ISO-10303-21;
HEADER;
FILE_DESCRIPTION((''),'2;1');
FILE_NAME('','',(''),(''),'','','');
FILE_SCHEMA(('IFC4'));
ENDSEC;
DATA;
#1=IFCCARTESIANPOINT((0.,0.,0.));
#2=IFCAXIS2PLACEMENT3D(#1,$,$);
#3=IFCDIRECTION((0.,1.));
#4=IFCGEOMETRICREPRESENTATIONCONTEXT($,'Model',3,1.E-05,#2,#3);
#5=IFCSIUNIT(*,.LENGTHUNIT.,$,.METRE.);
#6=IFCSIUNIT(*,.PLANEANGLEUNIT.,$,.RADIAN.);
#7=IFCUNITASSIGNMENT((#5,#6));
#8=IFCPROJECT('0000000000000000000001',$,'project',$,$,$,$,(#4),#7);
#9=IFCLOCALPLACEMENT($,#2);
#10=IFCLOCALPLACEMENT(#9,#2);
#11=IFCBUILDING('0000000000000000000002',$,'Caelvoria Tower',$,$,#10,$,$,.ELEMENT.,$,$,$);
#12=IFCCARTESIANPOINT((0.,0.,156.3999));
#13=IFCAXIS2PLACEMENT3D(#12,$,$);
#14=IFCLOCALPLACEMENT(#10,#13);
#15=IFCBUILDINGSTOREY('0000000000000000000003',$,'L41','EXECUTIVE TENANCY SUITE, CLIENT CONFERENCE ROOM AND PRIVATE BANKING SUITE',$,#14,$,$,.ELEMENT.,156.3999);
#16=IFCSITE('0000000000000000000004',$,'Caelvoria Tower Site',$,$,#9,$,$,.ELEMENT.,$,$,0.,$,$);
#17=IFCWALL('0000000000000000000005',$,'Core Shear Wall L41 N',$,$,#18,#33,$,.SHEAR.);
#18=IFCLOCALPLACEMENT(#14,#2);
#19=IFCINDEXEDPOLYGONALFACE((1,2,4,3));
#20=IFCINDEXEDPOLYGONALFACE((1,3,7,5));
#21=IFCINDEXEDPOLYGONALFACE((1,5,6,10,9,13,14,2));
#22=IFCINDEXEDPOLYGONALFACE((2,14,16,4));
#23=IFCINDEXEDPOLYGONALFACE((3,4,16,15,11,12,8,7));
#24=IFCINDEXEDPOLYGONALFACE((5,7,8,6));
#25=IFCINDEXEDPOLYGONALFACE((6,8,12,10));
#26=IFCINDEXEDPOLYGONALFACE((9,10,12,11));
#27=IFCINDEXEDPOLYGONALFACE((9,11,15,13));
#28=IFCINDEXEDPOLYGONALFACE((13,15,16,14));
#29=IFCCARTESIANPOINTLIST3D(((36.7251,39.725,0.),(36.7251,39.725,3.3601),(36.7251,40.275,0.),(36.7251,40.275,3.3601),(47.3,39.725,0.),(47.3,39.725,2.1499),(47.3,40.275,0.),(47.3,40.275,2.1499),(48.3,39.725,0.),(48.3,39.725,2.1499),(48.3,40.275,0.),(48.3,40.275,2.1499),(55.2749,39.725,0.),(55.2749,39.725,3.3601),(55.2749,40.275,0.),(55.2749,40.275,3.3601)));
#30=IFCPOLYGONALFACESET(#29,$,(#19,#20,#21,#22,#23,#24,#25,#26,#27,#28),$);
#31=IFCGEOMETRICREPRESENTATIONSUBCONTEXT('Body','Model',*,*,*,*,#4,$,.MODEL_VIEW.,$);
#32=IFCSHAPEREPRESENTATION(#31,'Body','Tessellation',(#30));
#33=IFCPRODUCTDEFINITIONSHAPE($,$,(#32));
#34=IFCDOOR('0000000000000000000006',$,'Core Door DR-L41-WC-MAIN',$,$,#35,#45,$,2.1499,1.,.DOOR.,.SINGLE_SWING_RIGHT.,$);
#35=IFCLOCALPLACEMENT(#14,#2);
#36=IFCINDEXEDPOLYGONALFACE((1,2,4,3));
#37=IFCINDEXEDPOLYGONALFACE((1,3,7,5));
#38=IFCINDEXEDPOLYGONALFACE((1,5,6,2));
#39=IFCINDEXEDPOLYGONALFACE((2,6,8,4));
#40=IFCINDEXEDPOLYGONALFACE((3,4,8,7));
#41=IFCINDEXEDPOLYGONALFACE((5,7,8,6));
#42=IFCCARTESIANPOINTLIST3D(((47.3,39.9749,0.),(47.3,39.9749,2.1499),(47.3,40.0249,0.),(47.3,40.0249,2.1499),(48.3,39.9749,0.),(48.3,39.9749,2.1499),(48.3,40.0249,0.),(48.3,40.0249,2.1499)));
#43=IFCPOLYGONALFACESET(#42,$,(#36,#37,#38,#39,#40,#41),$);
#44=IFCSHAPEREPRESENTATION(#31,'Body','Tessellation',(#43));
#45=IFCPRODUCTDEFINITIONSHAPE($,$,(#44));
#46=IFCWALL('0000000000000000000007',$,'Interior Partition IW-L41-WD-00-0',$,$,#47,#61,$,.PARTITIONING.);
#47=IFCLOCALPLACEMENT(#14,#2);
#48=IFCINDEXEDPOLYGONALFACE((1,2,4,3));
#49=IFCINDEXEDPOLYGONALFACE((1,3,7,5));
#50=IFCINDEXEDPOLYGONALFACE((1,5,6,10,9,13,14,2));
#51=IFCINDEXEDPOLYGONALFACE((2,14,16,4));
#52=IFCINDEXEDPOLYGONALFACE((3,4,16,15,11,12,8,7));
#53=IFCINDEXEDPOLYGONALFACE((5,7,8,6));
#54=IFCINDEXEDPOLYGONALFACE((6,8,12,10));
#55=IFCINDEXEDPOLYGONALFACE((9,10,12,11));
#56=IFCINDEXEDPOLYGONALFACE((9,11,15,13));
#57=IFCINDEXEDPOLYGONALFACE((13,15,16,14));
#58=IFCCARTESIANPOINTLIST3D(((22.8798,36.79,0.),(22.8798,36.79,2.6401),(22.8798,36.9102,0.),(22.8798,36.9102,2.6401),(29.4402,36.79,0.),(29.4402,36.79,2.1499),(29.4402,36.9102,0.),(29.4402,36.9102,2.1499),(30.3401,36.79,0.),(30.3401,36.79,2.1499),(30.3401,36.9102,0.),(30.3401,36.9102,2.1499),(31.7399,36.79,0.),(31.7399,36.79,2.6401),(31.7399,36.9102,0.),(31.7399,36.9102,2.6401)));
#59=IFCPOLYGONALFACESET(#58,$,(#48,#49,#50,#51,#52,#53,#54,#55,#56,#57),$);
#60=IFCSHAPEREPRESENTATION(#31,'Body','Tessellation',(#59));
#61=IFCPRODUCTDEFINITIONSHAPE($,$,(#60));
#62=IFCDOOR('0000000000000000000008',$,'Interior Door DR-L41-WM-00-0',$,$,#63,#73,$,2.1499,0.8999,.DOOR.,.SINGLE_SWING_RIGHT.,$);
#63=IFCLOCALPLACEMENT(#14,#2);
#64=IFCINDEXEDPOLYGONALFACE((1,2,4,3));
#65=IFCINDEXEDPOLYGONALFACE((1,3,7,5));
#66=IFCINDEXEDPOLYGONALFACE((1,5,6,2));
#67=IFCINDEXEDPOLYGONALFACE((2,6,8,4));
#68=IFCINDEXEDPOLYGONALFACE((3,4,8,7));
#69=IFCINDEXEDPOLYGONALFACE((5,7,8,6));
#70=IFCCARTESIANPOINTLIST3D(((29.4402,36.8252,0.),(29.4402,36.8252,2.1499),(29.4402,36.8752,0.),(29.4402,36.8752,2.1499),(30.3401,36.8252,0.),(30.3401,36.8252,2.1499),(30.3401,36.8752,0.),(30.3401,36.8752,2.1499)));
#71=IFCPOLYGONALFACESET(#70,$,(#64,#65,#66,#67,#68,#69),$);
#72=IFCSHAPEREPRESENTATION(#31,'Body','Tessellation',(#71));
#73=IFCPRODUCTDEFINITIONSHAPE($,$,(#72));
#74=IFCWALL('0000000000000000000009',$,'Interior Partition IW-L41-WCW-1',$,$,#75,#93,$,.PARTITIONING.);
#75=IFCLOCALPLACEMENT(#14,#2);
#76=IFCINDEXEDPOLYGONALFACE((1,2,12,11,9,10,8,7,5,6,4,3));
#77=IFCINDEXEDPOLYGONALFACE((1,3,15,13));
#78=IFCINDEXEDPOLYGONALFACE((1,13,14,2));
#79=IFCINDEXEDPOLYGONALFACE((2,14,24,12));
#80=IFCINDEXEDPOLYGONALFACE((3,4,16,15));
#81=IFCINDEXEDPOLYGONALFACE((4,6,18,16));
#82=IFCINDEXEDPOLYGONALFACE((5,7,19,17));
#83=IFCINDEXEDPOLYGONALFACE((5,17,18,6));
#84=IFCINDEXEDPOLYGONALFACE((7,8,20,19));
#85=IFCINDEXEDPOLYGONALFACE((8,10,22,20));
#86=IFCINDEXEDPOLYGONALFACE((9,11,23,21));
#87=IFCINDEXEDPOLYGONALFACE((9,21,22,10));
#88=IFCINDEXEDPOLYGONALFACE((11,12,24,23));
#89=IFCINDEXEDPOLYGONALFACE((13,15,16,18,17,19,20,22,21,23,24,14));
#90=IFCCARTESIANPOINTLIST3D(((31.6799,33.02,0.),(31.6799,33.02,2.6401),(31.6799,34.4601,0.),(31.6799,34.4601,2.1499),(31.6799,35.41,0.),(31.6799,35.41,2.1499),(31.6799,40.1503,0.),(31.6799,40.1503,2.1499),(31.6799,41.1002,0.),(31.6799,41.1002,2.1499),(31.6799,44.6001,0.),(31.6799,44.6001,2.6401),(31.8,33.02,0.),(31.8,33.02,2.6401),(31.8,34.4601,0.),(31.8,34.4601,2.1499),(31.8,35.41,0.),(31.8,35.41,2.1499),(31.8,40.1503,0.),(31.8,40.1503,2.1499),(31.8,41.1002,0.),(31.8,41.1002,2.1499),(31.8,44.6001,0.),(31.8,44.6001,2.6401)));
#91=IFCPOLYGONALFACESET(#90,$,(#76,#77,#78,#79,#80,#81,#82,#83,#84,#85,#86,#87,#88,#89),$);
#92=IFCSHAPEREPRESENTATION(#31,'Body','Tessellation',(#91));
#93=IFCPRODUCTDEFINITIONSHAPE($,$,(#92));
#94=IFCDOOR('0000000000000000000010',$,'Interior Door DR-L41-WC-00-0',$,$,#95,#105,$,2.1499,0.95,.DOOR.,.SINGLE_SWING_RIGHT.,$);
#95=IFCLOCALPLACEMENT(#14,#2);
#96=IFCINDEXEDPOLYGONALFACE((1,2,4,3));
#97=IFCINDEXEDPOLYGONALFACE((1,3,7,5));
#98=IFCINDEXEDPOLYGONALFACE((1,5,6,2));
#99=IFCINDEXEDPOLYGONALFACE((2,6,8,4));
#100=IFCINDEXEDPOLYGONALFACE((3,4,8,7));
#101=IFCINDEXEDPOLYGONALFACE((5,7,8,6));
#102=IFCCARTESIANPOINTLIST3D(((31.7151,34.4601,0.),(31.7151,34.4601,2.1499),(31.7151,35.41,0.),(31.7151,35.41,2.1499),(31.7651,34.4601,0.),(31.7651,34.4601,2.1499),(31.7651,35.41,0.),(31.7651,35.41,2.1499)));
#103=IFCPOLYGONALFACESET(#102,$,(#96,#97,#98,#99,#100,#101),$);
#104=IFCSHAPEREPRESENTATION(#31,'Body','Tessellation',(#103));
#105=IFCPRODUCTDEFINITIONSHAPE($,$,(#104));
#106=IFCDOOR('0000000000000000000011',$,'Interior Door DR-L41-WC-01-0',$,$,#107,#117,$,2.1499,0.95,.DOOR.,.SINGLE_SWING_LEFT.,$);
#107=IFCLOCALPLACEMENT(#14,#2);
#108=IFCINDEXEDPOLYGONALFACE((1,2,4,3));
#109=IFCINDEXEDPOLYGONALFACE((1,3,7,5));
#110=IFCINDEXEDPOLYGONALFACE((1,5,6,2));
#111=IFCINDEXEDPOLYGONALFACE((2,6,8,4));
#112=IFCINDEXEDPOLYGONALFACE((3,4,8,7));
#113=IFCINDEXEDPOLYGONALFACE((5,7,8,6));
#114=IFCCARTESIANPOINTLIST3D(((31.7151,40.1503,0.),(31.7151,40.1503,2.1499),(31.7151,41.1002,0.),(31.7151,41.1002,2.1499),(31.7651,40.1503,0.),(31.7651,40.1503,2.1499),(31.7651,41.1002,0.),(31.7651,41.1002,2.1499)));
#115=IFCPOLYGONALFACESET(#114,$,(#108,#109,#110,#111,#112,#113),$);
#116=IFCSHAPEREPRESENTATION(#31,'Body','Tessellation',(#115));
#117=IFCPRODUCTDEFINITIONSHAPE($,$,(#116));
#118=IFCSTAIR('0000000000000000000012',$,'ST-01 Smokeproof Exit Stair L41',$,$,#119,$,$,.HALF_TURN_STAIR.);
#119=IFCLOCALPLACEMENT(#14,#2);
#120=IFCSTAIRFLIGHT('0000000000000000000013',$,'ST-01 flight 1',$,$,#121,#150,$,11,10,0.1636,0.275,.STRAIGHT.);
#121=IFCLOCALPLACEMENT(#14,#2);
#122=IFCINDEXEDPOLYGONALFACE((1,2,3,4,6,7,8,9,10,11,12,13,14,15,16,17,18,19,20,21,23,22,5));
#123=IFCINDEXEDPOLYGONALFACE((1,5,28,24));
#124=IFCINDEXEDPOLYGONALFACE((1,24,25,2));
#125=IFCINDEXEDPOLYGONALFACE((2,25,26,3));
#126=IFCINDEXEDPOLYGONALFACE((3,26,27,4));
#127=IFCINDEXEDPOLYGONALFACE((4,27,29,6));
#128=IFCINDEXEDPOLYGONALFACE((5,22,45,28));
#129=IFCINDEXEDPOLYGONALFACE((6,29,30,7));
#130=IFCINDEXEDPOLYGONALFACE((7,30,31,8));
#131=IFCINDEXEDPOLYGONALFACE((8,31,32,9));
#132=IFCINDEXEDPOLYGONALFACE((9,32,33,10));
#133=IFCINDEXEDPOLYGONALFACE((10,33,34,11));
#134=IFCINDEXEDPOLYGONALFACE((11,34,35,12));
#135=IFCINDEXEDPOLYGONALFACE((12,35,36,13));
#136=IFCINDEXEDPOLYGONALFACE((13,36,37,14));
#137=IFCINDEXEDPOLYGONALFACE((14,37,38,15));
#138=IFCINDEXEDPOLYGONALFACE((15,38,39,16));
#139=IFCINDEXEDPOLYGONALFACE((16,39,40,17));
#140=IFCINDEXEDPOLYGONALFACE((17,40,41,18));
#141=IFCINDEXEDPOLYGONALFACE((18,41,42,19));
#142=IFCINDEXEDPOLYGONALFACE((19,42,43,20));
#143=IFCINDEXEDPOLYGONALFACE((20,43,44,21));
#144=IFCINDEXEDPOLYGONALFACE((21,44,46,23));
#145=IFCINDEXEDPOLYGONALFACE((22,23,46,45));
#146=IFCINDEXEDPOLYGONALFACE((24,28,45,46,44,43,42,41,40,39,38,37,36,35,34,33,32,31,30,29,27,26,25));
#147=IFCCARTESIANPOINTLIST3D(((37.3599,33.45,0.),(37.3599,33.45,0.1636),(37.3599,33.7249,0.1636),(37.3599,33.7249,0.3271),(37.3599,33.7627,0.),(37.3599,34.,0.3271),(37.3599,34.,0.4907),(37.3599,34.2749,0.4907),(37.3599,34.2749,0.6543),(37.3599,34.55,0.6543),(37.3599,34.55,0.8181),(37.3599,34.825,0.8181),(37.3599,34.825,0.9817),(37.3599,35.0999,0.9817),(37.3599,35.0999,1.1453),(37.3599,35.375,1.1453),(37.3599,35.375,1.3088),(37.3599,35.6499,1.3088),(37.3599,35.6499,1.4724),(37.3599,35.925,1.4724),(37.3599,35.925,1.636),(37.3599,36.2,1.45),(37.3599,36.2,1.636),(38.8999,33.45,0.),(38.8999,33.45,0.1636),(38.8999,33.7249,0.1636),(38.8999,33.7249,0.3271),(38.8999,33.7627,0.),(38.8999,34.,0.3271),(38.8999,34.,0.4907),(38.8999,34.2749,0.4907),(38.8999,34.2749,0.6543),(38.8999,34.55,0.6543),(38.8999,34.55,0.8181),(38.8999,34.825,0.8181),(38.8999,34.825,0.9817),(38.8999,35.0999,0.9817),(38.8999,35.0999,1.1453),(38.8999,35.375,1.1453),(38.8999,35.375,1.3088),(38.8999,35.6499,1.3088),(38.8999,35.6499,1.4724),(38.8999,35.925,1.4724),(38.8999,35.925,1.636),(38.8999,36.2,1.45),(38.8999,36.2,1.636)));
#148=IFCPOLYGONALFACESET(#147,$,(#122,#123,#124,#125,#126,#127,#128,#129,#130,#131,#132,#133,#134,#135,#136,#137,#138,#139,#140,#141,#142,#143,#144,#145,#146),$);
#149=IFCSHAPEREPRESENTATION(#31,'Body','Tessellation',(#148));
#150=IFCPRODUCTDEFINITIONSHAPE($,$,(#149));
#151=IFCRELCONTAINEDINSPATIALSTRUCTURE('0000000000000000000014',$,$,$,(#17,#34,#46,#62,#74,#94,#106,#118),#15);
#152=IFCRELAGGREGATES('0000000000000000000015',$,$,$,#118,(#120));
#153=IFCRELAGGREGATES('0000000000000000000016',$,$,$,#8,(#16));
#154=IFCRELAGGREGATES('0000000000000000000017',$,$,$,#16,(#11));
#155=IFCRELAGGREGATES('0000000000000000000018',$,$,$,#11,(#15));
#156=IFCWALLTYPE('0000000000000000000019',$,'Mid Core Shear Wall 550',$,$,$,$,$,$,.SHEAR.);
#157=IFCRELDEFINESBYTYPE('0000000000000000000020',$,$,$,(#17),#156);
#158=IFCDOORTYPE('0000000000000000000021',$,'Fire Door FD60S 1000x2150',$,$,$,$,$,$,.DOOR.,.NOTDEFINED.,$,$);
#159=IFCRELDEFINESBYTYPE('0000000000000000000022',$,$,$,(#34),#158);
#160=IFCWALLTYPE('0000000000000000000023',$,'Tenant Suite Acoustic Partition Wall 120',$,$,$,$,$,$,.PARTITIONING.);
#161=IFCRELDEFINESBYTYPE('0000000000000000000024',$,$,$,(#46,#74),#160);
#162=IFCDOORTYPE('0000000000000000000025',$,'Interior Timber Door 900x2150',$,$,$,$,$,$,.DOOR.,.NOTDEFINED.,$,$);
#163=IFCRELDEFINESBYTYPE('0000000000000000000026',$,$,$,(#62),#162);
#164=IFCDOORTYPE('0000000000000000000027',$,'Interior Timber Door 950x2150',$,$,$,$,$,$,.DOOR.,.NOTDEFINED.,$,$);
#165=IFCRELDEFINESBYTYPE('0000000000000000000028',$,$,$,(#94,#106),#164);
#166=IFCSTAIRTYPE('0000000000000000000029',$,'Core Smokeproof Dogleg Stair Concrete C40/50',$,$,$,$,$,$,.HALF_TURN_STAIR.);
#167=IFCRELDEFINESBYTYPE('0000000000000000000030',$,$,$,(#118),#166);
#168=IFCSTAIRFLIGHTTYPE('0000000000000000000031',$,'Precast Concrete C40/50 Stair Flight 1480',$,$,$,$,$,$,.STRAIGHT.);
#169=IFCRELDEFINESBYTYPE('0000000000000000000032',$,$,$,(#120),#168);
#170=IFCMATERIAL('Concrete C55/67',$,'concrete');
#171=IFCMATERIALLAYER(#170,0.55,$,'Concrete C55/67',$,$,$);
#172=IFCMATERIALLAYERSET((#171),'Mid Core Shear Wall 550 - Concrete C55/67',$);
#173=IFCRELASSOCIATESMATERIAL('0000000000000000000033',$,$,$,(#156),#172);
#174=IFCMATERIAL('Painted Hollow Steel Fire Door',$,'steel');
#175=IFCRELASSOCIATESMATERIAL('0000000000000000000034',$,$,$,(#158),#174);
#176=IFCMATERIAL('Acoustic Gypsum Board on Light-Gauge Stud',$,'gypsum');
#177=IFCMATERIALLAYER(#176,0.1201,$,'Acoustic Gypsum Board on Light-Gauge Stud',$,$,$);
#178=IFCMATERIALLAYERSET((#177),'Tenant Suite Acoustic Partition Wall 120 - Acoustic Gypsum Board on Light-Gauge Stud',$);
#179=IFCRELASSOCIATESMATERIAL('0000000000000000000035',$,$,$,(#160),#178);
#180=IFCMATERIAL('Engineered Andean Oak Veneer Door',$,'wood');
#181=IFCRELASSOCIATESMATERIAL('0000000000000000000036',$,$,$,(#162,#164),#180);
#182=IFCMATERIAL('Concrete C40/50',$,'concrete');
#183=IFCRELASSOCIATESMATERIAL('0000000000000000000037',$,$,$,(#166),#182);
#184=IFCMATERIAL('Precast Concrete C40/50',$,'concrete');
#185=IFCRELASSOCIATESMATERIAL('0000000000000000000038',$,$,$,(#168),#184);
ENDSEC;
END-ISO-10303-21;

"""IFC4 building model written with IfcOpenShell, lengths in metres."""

from ifc_helpers import new_model, si_unit, direction, frame, frame_2d, origin, place, context, subcontext, project, spatial, polyline, rectangle, outline, extrude, material, layer, layer_set, type_object, element, fill, aggregate, save


model = new_model("IFC4")

# Units and contexts
model_context = context("Model", 3, precision=1e-05, world=origin(), true_north=direction((0.0, 1.0)))
body_context = subcontext(model_context, "Body", "Model", "MODEL_VIEW")
ifc_project = project(units=[si_unit("LENGTHUNIT", "METRE"), si_unit("PLANEANGLEUNIT", "RADIAN")], contexts=[model_context])

# Site, building, storey
site_placement = place(None, origin())
site = spatial("IfcSite", under=ifc_project, at=site_placement, Name="Caelvoria Tower Site", CompositionType="ELEMENT", RefElevation=0.0)
building_placement = place(site_placement, origin())
building = spatial("IfcBuilding", under=site, at=building_placement, Name="Caelvoria Tower", CompositionType="ELEMENT")
storey_placement = place(building_placement, frame((0.0, 0.0, 156.3999)))
storey = spatial("IfcBuildingStorey", under=building, at=storey_placement, Name="L41", Description="EXECUTIVE TENANCY SUITE, CLIENT CONFERENCE ROOM AND PRIVATE BANKING SUITE", CompositionType="ELEMENT", Elevation=156.3999)

# Walls, openings, doors
ifc_material_1 = material(Name="Concrete C55/67", Category="concrete")
ifc_layer_1 = layer(ifc_material_1, 0.55, Name="Concrete C55/67")
ifc_layer_set_1 = layer_set([ifc_layer_1], Name="Mid Core Shear Wall 550 - Concrete C55/67")
wall_type_1 = type_object("IfcWallType", Name="Mid Core Shear Wall 550", PredefinedType="SHEAR", material=ifc_layer_set_1)
wall_1_placement = place(storey_placement, frame((36.7251, 40.0, 0.0), z_axis=(0.0, 0.0, 1.0), x_axis=(1.0, 0.0, 0.0)))
wall_1 = element("IfcWall", 1, at=wall_1_placement, inside=storey, type_object=wall_type_1, Name="Core Shear Wall L41 N", PredefinedType="SHEAR", context=body_context, shape_type="SweptSolid", body=[
    extrude(rectangle(XDim=18.5498, YDim=0.55, at=frame_2d((9.2749, 0.0))), origin(), (0.0, 0.0, 1.0), 3.3601),
])
opening_1_placement = place(wall_1_placement, frame((10.575, 0.0, 0.0)))
opening_1 = element("IfcOpeningElement", 2, at=opening_1_placement, cuts=wall_1, PredefinedType="OPENING", context=body_context, shape_type="SweptSolid", body=[
    extrude(rectangle(XDim=1.0, YDim=2.1499, at=frame_2d((0.5, 1.075))), frame((0.0, 0.2849, 0.0), z_axis=(0.0, -1.0, 0.0), x_axis=(1.0, 0.0, 0.0)), (0.0, 0.0, 1.0), 0.5701),
])
ifc_material_2 = material(Name="Painted Hollow Steel Fire Door", Category="steel")
door_type_1 = type_object("IfcDoorType", Name="Fire Door FD60S 1000x2150", OperationType="NOTDEFINED", PredefinedType="DOOR", material=ifc_material_2)
door_1_placement = place(opening_1_placement, origin())
door_1 = element("IfcDoor", 3, at=door_1_placement, inside=storey, type_object=door_type_1, Name="Core Door DR-L41-WC-MAIN", OperationType="SINGLE_SWING_RIGHT", OverallHeight=2.1499, OverallWidth=1.0, PredefinedType="DOOR", context=body_context, shape_type="SweptSolid", body=[
    extrude(rectangle(XDim=1.0, YDim=2.1499, at=frame_2d((0.5, 1.075))), frame((0.0, 0.0249, 0.0), z_axis=(0.0, -1.0, 0.0), x_axis=(1.0, 0.0, 0.0)), (0.0, 0.0, 1.0), 0.05),
])
fill(opening_1, door_1)
ifc_material_3 = material(Name="Acoustic Gypsum Board on Light-Gauge Stud", Category="gypsum")
ifc_layer_2 = layer(ifc_material_3, 0.1201, Name="Acoustic Gypsum Board on Light-Gauge Stud")
ifc_layer_set_2 = layer_set([ifc_layer_2], Name="Tenant Suite Acoustic Partition Wall 120 - Acoustic Gypsum Board on Light-Gauge Stud")
wall_type_2 = type_object("IfcWallType", Name="Tenant Suite Acoustic Partition Wall 120", PredefinedType="PARTITIONING", material=ifc_layer_set_2)
wall_2_placement = place(storey_placement, frame((31.74, 36.8501, 0.0), z_axis=(0.0, 0.0, 1.0), x_axis=(-1.0, 0.0, 0.0)))
wall_2 = element("IfcWall", 4, at=wall_2_placement, inside=storey, type_object=wall_type_2, Name="Interior Partition IW-L41-WD-00-0", PredefinedType="PARTITIONING", context=body_context, shape_type="SweptSolid", body=[
    extrude(rectangle(XDim=8.8601, YDim=0.1201, at=frame_2d((4.4302, 0.0))), origin(), (0.0, 0.0, 1.0), 2.6401),
])
opening_2_placement = place(wall_2_placement, frame((1.3999, 0.0, 0.0)))
opening_2 = element("IfcOpeningElement", 5, at=opening_2_placement, cuts=wall_2, PredefinedType="OPENING", context=body_context, shape_type="SweptSolid", body=[
    extrude(rectangle(XDim=0.8999, YDim=2.1499, at=frame_2d((0.45, 1.075))), frame((0.0, 0.0701, 0.0), z_axis=(0.0, -1.0, 0.0), x_axis=(1.0, 0.0, 0.0)), (0.0, 0.0, 1.0), 0.1401),
])
ifc_material_4 = material(Name="Engineered Andean Oak Veneer Door", Category="wood")
door_type_2 = type_object("IfcDoorType", Name="Interior Timber Door 900x2150", OperationType="NOTDEFINED", PredefinedType="DOOR", material=ifc_material_4)
door_2_placement = place(opening_2_placement, origin())
door_2 = element("IfcDoor", 6, at=door_2_placement, inside=storey, type_object=door_type_2, Name="Interior Door DR-L41-WM-00-0", OperationType="SINGLE_SWING_RIGHT", OverallHeight=2.1499, OverallWidth=0.8999, PredefinedType="DOOR", context=body_context, shape_type="SweptSolid", body=[
    extrude(rectangle(XDim=0.8999, YDim=2.1499, at=frame_2d((0.45, 1.075))), frame((0.0, 0.0249, 0.0), z_axis=(0.0, -1.0, 0.0), x_axis=(1.0, 0.0, 0.0)), (0.0, 0.0, 1.0), 0.05),
])
fill(opening_2, door_2)

# Wall, openings, doors
wall_3_placement = place(storey_placement, frame((31.74, 33.02, 0.0), z_axis=(0.0, 0.0, 1.0), x_axis=(0.0, 1.0, 0.0)))
wall_3 = element("IfcWall", 7, at=wall_3_placement, inside=storey, type_object=wall_type_2, Name="Interior Partition IW-L41-WCW-1", PredefinedType="PARTITIONING", context=body_context, shape_type="SweptSolid", body=[
    extrude(rectangle(XDim=11.5801, YDim=0.1201, at=frame_2d((5.79, 0.0))), origin(), (0.0, 0.0, 1.0), 2.6401),
])
opening_3_placement = place(wall_3_placement, frame((1.4399, 0.0, 0.0)))
opening_3 = element("IfcOpeningElement", 8, at=opening_3_placement, cuts=wall_3, PredefinedType="OPENING", context=body_context, shape_type="SweptSolid", body=[
    extrude(rectangle(XDim=0.95, YDim=2.1499, at=frame_2d((0.4751, 1.075))), frame((0.0, 0.0701, 0.0), z_axis=(0.0, -1.0, 0.0), x_axis=(1.0, 0.0, 0.0)), (0.0, 0.0, 1.0), 0.1401),
])
opening_4_placement = place(wall_3_placement, frame((7.1301, 0.0, 0.0)))
opening_4 = element("IfcOpeningElement", 9, at=opening_4_placement, cuts=wall_3, PredefinedType="OPENING", context=body_context, shape_type="SweptSolid", body=[
    extrude(rectangle(XDim=0.95, YDim=2.1499, at=frame_2d((0.4751, 1.075))), frame((0.0, 0.0701, 0.0), z_axis=(0.0, -1.0, 0.0), x_axis=(1.0, 0.0, 0.0)), (0.0, 0.0, 1.0), 0.1401),
])
door_type_3 = type_object("IfcDoorType", Name="Interior Timber Door 950x2150", OperationType="NOTDEFINED", PredefinedType="DOOR", material=ifc_material_4)
door_3_placement = place(opening_3_placement, origin())
door_3 = element("IfcDoor", 10, at=door_3_placement, inside=storey, type_object=door_type_3, Name="Interior Door DR-L41-WC-00-0", OperationType="SINGLE_SWING_RIGHT", OverallHeight=2.1499, OverallWidth=0.95, PredefinedType="DOOR", context=body_context, shape_type="SweptSolid", body=[
    extrude(rectangle(XDim=0.95, YDim=2.1499, at=frame_2d((0.4751, 1.075))), frame((0.0, 0.0249, 0.0), z_axis=(0.0, -1.0, 0.0), x_axis=(1.0, 0.0, 0.0)), (0.0, 0.0, 1.0), 0.05),
])
fill(opening_3, door_3)
door_4_placement = place(opening_4_placement, origin())
door_4 = element("IfcDoor", 11, at=door_4_placement, inside=storey, type_object=door_type_3, Name="Interior Door DR-L41-WC-01-0", OperationType="SINGLE_SWING_LEFT", OverallHeight=2.1499, OverallWidth=0.95, PredefinedType="DOOR", context=body_context, shape_type="SweptSolid", body=[
    extrude(rectangle(XDim=0.95, YDim=2.1499, at=frame_2d((0.4751, 1.075))), frame((0.0, 0.0249, 0.0), z_axis=(0.0, -1.0, 0.0), x_axis=(1.0, 0.0, 0.0)), (0.0, 0.0, 1.0), 0.05),
])
fill(opening_4, door_4)

# Stair, stair flight
ifc_material_5 = material(Name="Concrete C40/50", Category="concrete")
stair_type = type_object("IfcStairType", Name="Core Smokeproof Dogleg Stair Concrete C40/50", PredefinedType="HALF_TURN_STAIR", material=ifc_material_5)
stair_placement = place(storey_placement, origin())
stair = element("IfcStair", 12, at=stair_placement, inside=storey, type_object=stair_type, Name="ST-01 Smokeproof Exit Stair L41", PredefinedType="HALF_TURN_STAIR")
ifc_material_6 = material(Name="Precast Concrete C40/50", Category="concrete")
stair_flight_type = type_object("IfcStairFlightType", Name="Precast Concrete C40/50 Stair Flight 1480", PredefinedType="STRAIGHT", material=ifc_material_6)
stair_flight_1_placement = place(storey_placement, frame((38.1299, 33.45, 0.0), z_axis=(0.0, 0.0, 1.0), x_axis=(0.0, 1.0, 0.0)))
stair_flight_1 = element("IfcStairFlight", 13, at=stair_flight_1_placement, type_object=stair_flight_type, Name="ST-01 flight 1", NumberOfRisers=11, NumberOfTreads=10, PredefinedType="STRAIGHT", RiserHeight=0.1636, TreadLength=0.275, context=body_context, shape_type="SweptSolid", body=[
    extrude(outline(polyline([(0.0, 0.0), (0.0, 0.1636), (0.2749, 0.1636), (0.2749, 0.3271), (0.55, 0.3271), (0.55, 0.4907), (0.825, 0.4907), (0.825, 0.6543), (1.1001, 0.6543), (1.1001, 0.8181), (1.375, 0.8181), (1.375, 0.9817), (1.6499, 0.9817), (1.6499, 1.1453), (1.925, 1.1453), (1.925, 1.3088), (2.2, 1.3088), (2.2, 1.4724), (2.4751, 1.4724), (2.4751, 1.636), (2.75, 1.636), (2.75, 1.7996), (2.75, 1.45), (0.3127, 0.0), (0.0, 0.0)])), frame((0.0, 0.77, 0.0), z_axis=(0.0, -1.0, 0.0), x_axis=(1.0, 0.0, 0.0)), (0.0, 0.0, 1.0), 1.54),
])
aggregate(stair, [stair_flight_1])

save(model, "model.ifc")
